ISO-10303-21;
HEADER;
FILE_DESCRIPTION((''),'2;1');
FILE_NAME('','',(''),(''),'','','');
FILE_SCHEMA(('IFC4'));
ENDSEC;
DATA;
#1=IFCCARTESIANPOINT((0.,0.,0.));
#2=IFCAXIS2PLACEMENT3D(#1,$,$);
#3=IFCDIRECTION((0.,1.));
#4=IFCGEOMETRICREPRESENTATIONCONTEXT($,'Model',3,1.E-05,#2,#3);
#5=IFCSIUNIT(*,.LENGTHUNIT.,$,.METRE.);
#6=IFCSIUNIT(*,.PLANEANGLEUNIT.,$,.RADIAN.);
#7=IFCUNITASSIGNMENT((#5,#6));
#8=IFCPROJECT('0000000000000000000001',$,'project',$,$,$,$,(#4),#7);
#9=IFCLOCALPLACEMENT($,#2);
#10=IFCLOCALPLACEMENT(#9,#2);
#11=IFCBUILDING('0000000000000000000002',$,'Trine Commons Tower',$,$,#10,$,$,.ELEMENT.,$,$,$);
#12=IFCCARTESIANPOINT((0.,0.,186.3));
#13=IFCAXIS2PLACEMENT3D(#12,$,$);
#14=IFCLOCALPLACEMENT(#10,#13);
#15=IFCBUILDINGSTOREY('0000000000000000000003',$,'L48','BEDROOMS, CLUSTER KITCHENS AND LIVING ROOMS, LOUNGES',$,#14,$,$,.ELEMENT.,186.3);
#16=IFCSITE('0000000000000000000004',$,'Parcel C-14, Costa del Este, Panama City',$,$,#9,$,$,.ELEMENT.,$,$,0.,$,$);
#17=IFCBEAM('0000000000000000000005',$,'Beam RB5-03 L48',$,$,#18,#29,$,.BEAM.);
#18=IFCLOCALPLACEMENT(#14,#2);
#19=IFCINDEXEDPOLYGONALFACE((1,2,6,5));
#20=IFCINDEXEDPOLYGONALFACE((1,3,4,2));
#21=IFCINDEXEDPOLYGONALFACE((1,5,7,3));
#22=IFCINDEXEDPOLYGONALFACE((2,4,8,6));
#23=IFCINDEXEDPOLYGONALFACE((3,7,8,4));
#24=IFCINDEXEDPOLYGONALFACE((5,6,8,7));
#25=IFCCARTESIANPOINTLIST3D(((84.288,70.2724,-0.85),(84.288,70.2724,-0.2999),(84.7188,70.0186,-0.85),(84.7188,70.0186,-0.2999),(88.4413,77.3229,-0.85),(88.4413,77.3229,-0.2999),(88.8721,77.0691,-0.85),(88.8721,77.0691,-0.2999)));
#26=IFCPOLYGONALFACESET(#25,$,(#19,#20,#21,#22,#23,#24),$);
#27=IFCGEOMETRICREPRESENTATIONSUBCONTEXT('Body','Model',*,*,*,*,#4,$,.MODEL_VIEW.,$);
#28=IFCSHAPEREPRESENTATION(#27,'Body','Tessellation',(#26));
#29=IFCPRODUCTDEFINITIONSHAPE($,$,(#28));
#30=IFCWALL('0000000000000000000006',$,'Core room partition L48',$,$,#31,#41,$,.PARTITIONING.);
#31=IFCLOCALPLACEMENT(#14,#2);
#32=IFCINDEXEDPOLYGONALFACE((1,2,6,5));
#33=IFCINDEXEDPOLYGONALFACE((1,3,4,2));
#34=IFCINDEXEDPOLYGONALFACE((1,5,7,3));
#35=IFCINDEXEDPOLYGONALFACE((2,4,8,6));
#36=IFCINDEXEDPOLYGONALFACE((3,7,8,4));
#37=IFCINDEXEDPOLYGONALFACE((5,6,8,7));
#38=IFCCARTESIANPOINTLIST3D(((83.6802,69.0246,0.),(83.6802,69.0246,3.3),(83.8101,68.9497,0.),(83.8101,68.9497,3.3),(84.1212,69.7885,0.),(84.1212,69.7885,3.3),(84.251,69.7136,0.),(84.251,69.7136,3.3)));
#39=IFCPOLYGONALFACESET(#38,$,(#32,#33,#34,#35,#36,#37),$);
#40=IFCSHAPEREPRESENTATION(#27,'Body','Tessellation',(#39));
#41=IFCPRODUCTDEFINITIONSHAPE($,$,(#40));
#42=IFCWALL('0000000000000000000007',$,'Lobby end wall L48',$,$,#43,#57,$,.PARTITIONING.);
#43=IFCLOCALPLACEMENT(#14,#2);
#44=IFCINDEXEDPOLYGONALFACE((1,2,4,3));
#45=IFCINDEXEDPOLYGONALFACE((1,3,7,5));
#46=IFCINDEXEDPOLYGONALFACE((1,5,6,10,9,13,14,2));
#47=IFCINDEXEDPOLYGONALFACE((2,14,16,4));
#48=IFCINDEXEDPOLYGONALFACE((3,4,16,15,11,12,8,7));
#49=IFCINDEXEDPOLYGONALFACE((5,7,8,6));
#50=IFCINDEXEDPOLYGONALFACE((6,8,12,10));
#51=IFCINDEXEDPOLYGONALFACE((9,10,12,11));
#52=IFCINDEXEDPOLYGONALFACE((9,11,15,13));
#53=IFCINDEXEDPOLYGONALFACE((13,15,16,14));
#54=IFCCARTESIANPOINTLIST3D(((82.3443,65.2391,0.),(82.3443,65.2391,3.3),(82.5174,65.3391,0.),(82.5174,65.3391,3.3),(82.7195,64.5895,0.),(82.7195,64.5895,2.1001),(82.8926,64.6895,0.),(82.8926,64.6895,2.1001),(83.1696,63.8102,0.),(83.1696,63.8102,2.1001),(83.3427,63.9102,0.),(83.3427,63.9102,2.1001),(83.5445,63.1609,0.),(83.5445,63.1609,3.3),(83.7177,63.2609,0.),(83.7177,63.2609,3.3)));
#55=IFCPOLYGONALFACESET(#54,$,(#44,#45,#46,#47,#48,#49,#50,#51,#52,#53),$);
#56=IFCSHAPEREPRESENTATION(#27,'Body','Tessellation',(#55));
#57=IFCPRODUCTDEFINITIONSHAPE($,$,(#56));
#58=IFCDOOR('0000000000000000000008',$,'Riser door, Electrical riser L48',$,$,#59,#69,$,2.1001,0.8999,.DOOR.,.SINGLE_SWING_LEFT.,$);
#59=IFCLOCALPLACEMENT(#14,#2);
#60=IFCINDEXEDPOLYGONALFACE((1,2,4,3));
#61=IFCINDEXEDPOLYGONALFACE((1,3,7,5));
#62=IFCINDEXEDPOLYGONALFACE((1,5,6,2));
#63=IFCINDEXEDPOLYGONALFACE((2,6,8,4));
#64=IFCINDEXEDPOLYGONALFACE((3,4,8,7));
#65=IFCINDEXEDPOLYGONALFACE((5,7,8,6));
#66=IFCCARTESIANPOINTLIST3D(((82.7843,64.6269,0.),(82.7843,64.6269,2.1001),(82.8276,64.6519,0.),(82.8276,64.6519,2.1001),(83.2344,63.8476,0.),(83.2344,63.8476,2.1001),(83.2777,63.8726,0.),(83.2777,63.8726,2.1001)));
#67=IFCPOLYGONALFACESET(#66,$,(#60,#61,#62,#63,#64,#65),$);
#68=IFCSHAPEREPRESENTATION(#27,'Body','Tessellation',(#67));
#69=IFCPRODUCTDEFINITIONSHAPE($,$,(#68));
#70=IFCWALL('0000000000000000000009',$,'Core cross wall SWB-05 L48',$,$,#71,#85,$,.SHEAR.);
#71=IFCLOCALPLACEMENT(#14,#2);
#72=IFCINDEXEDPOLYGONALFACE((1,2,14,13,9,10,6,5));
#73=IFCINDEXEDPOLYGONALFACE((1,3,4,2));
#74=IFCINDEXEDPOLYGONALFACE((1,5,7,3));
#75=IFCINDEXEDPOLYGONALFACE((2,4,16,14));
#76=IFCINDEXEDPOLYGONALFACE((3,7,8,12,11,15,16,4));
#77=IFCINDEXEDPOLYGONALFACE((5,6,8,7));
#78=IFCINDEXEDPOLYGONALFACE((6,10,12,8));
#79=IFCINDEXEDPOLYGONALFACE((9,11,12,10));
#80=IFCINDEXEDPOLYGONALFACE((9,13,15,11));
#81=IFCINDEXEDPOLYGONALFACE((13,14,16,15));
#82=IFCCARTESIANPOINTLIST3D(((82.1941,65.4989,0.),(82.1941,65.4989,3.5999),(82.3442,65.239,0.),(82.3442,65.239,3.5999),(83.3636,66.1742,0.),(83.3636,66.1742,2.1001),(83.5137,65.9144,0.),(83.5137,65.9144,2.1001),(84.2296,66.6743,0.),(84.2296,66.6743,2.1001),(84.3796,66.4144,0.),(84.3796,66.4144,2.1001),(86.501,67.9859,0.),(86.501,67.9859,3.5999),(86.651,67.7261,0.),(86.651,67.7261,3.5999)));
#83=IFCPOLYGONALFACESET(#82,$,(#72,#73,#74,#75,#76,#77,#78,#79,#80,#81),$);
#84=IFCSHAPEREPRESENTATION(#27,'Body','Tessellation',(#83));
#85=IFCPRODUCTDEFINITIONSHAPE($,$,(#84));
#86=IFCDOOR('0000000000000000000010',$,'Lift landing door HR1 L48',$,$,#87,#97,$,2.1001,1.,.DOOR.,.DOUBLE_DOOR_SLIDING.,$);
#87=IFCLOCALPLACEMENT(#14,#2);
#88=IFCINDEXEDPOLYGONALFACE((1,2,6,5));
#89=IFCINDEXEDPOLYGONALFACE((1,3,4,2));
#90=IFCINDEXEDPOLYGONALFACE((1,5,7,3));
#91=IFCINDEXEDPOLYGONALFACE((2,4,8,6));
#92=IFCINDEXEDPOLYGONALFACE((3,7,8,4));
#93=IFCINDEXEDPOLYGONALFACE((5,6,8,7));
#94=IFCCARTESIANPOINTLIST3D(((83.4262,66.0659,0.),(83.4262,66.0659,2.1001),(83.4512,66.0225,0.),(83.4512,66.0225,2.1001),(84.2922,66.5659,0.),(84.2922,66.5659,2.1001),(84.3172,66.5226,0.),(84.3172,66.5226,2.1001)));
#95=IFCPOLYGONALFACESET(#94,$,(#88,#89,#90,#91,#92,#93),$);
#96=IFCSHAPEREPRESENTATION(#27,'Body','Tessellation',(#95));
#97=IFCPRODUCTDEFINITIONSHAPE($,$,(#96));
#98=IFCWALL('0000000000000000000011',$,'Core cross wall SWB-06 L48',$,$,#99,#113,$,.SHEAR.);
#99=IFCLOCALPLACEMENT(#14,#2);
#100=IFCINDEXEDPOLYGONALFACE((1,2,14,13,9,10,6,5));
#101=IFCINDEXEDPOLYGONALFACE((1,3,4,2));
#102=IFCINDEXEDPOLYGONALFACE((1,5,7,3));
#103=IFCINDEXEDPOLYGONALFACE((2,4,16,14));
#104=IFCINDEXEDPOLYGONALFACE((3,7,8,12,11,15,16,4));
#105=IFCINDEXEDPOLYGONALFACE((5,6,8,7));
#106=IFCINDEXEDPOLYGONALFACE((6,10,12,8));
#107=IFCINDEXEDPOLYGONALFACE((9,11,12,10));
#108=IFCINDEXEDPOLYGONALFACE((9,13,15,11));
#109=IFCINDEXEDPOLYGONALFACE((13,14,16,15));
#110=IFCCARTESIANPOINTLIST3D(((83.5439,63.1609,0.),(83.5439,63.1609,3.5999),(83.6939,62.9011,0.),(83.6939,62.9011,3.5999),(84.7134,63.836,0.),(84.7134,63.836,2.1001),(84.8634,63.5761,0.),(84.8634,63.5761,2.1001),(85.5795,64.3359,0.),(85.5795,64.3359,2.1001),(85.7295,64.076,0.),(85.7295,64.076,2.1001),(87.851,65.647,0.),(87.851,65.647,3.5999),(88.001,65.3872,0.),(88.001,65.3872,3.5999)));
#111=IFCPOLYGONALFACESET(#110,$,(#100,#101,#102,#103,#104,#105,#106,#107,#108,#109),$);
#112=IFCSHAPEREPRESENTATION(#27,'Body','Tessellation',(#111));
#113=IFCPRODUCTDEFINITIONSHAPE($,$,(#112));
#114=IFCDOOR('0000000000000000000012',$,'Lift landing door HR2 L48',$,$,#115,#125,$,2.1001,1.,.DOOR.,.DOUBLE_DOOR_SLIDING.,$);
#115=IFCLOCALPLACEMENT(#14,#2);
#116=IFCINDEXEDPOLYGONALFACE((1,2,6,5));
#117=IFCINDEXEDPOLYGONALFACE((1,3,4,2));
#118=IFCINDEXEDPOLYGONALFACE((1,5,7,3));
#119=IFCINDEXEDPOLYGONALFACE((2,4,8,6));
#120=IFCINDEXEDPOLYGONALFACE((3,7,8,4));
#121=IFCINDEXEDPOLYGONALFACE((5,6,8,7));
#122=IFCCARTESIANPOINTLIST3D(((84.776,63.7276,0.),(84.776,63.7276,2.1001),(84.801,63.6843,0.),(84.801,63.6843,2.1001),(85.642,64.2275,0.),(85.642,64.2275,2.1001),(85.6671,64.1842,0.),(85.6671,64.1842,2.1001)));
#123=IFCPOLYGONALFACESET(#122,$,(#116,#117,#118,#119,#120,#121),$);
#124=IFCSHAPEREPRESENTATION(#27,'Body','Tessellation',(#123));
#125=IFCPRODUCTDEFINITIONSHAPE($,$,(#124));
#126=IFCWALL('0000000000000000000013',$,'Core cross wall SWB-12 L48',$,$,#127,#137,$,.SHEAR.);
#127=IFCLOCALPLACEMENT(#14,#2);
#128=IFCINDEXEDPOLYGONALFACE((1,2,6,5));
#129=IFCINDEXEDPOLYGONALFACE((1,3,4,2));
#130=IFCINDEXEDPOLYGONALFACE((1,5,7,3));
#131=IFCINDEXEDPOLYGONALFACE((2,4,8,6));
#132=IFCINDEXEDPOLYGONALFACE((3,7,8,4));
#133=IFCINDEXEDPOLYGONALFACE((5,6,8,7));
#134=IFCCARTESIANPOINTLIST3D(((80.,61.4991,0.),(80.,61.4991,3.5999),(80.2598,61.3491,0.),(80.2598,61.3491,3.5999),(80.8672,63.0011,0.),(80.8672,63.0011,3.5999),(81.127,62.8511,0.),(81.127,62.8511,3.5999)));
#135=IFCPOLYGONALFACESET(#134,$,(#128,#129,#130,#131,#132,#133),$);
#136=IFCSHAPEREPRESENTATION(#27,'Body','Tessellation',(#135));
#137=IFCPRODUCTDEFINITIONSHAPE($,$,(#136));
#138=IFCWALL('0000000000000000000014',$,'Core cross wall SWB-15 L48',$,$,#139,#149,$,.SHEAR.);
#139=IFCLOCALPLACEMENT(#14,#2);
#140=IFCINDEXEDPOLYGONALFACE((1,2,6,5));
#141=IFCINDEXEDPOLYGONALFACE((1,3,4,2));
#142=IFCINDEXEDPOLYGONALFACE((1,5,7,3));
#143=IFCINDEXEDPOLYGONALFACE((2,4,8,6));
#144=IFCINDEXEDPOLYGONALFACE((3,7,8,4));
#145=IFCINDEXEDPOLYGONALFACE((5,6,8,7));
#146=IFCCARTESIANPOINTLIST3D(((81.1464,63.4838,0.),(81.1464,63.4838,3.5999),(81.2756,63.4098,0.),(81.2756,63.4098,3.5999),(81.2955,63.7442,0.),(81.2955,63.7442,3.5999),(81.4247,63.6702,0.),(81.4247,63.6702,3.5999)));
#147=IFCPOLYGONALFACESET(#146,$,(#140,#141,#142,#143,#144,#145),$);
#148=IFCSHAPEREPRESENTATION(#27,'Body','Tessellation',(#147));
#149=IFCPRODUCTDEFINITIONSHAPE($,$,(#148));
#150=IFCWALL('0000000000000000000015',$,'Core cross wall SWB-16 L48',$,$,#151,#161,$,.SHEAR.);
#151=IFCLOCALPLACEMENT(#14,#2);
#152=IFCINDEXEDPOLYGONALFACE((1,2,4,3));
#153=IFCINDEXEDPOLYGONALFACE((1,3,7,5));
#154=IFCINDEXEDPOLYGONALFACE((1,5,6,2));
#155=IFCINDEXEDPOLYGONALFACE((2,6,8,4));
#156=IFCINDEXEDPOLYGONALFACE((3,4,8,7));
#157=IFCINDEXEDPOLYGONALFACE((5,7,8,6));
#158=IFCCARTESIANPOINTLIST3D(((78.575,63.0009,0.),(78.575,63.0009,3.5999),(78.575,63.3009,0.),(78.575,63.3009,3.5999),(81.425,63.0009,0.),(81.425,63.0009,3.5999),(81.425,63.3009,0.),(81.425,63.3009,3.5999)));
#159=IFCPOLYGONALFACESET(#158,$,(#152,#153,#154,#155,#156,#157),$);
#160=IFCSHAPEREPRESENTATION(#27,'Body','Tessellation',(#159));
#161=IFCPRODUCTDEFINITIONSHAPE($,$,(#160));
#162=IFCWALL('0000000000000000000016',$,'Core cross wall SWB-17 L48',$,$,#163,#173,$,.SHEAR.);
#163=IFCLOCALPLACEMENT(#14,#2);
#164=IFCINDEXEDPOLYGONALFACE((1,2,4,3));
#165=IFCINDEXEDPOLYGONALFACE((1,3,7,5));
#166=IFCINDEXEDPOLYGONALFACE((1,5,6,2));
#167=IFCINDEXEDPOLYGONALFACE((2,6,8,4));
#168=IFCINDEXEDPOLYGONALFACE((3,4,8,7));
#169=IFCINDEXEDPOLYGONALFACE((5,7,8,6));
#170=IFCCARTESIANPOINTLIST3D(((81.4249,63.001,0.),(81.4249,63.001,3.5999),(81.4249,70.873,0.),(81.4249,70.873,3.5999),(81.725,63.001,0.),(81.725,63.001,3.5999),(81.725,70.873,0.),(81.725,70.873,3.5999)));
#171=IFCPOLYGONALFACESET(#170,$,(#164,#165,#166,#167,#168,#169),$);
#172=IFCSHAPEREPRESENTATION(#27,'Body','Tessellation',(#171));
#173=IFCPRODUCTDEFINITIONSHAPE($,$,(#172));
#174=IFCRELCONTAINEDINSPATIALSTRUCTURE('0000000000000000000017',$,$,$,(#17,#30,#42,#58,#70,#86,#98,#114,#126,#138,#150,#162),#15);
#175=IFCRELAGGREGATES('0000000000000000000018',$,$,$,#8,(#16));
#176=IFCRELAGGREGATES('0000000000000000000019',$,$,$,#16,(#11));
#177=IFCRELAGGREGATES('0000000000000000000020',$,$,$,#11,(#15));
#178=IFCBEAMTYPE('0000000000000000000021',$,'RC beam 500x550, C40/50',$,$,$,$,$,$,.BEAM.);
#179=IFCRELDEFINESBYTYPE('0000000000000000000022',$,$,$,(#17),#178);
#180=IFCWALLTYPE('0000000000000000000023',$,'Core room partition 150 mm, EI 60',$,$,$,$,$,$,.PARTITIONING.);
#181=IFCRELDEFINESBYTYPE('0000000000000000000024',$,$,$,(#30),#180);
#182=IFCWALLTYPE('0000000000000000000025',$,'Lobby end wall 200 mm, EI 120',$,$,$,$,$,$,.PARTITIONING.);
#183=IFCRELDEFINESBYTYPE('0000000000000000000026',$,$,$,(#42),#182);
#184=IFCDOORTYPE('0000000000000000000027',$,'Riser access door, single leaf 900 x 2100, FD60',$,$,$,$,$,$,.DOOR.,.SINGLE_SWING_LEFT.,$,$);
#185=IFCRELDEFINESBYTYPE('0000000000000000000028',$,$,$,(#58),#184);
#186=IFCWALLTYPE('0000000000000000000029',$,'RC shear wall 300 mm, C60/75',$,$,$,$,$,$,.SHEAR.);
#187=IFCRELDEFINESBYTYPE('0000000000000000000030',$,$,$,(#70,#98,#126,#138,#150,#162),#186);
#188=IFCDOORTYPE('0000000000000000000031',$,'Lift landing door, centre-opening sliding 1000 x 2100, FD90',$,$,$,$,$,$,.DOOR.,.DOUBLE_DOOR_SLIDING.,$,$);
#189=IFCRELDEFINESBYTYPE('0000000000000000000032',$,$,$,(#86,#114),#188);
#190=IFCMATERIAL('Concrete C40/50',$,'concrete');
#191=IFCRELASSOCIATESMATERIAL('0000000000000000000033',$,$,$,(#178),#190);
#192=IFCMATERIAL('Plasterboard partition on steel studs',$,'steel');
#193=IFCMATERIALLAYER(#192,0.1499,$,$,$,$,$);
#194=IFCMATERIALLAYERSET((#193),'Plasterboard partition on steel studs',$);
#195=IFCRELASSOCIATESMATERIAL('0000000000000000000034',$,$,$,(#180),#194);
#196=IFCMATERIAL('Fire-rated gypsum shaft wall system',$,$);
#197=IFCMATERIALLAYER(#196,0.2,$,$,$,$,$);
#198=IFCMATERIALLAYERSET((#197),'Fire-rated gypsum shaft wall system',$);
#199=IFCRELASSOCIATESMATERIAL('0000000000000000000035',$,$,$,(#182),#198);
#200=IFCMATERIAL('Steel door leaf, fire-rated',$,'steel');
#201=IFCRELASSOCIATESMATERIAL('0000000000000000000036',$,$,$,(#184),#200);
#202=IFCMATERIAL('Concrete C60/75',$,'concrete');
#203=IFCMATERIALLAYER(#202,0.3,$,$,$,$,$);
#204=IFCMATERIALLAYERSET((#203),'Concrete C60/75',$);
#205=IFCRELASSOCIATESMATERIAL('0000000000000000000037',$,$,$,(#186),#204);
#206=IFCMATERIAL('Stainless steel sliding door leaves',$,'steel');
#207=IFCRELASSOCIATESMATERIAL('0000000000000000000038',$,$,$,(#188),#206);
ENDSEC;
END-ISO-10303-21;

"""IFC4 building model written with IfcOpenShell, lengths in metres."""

from ifc_helpers import new_model, si_unit, direction, frame, frame_2d, origin, origin_2d, place, context, subcontext, project, spatial, rectangle, extrude, material, layer, layer_set, material_profile, profile_set, type_object, element, fill, save


model = new_model("IFC4")

# Units and contexts
model_context = context("Model", 3, precision=1e-05, world=origin(), true_north=direction((0.0, 1.0)))
body_context = subcontext(model_context, "Body", "Model", "MODEL_VIEW")
ifc_project = project(units=[si_unit("LENGTHUNIT", "METRE"), si_unit("PLANEANGLEUNIT", "RADIAN")], contexts=[model_context])

# Site, building, storey
site_placement = place(None, origin())
site = spatial("IfcSite", under=ifc_project, at=site_placement, Name="Parcel C-14, Costa del Este, Panama City", CompositionType="ELEMENT", RefElevation=0.0)
building_placement = place(site_placement, origin())
building = spatial("IfcBuilding", under=site, at=building_placement, Name="Trine Commons Tower", CompositionType="ELEMENT")
storey_placement = place(building_placement, frame((0.0, 0.0, 186.3)))
storey = spatial("IfcBuildingStorey", under=building, at=storey_placement, Name="L48", Description="BEDROOMS, CLUSTER KITCHENS AND LIVING ROOMS, LOUNGES", CompositionType="ELEMENT", Elevation=186.3)

# Beam
ifc_material_1 = material(Name="Concrete C40/50", Category="concrete")
ifc_material_profile = material_profile(ifc_material_1, rectangle(XDim=0.5, YDim=0.55, at=origin_2d()), Name="RC 500x550")
ifc_profile_set = profile_set([ifc_material_profile], Name="Concrete C40/50")
beam_type = type_object("IfcBeamType", Name="RC beam 500x550, C40/50", PredefinedType="BEAM", material=ifc_profile_set)
beam_placement = place(storey_placement, frame((84.5034, 70.1455, -0.575), z_axis=(0.50756, 0.861617, 0.0), x_axis=(-0.861617, 0.50756, 0.0)))
element("IfcBeam", 1, at=beam_placement, inside=storey, type_object=beam_type, Name="Beam RB5-03 L48", PredefinedType="BEAM", context=body_context, shape_type="SweptSolid", body=[
    extrude(rectangle(XDim=0.5, YDim=0.55, at=origin_2d()), origin(), (0.0, 0.0, 1.0), 8.1829),
])

# Wall
ifc_material_2 = material(Name="Plasterboard partition on steel studs", Category="steel")
ifc_layer_1 = layer(ifc_material_2, 0.1499)
ifc_layer_set_1 = layer_set([ifc_layer_1], Name="Plasterboard partition on steel studs")
wall_type_1 = type_object("IfcWallType", Name="Core room partition 150 mm, EI 60", PredefinedType="PARTITIONING", material=ifc_layer_set_1)
wall_1_placement = place(storey_placement, frame((84.186, 69.751, 0.0), z_axis=(0.0, 0.0, 1.0), x_axis=(-0.49989, -0.866089, 0.0)))
element("IfcWall", 2, at=wall_1_placement, inside=storey, type_object=wall_type_1, Name="Core room partition L48", PredefinedType="PARTITIONING", context=body_context, shape_type="SweptSolid", body=[
    extrude(rectangle(XDim=0.8821, YDim=0.1499, at=frame_2d((0.4409, 0.0))), origin(), (0.0, 0.0, 1.0), 3.3),
])

# Walls, openings, doors
ifc_material_3 = material(Name="Fire-rated gypsum shaft wall system")
ifc_layer_2 = layer(ifc_material_3, 0.2)
ifc_layer_set_2 = layer_set([ifc_layer_2], Name="Fire-rated gypsum shaft wall system")
wall_type_2 = type_object("IfcWallType", Name="Lobby end wall 200 mm, EI 120", PredefinedType="PARTITIONING", material=ifc_layer_set_2)
wall_2_placement = place(storey_placement, frame((83.6311, 63.2109, 0.0), z_axis=(0.0, 0.0, 1.0), x_axis=(-0.500122, 0.865955, 0.0)))
wall_2 = element("IfcWall", 3, at=wall_2_placement, inside=storey, type_object=wall_type_2, Name="Lobby end wall L48", PredefinedType="PARTITIONING", context=body_context, shape_type="SweptSolid", body=[
    extrude(rectangle(XDim=2.3999, YDim=0.2, at=frame_2d((1.2, 0.0))), origin(), (0.0, 0.0, 1.0), 3.3),
])
opening_1_placement = place(wall_2_placement, frame((0.7498, 0.0, 0.0)))
opening_1 = element("IfcOpeningElement", 4, at=opening_1_placement, cuts=wall_2, PredefinedType="OPENING", context=body_context, shape_type="SweptSolid", body=[
    extrude(rectangle(XDim=0.8999, YDim=2.1001, at=frame_2d((0.45, 1.05))), frame((0.0, 0.1099, 0.0), z_axis=(0.0, -1.0, 0.0), x_axis=(1.0, 0.0, 0.0)), (0.0, 0.0, 1.0), 0.22),
])
ifc_material_4 = material(Name="Steel door leaf, fire-rated", Category="steel")
door_type_1 = type_object("IfcDoorType", Name="Riser access door, single leaf 900 x 2100, FD60", OperationType="SINGLE_SWING_LEFT", PredefinedType="DOOR", material=ifc_material_4)
door_1_placement = place(opening_1_placement, frame((0.8999, 0.0, 0.0), z_axis=(0.0, 0.0, 1.0), x_axis=(-1.0, 0.0, 0.0)))
door_1 = element("IfcDoor", 5, at=door_1_placement, inside=storey, type_object=door_type_1, Name="Riser door, Electrical riser L48", OperationType="SINGLE_SWING_LEFT", OverallHeight=2.1001, OverallWidth=0.8999, PredefinedType="DOOR", context=body_context, shape_type="SweptSolid", body=[
    extrude(rectangle(XDim=0.8999, YDim=2.1001, at=frame_2d((0.45, 1.05))), frame((0.0, 0.0249, 0.0), z_axis=(0.0, -1.0, 0.0), x_axis=(1.0, 0.0, 0.0)), (0.0, 0.0, 1.0), 0.05),
])
fill(opening_1, door_1)
ifc_material_5 = material(Name="Concrete C60/75", Category="concrete")
ifc_layer_3 = layer(ifc_material_5, 0.3)
ifc_layer_set_3 = layer_set([ifc_layer_3], Name="Concrete C60/75")
wall_type_3 = type_object("IfcWallType", Name="RC shear wall 300 mm, C60/75", PredefinedType="SHEAR", material=ifc_layer_set_3)
wall_3_placement = place(storey_placement, frame((82.269, 65.3689, 0.0), z_axis=(0.0, 0.0, 1.0), x_axis=(0.865984, 0.500072, 0.0)))
wall_3 = element("IfcWall", 6, at=wall_3_placement, inside=storey, type_object=wall_type_3, Name="Core cross wall SWB-05 L48", PredefinedType="SHEAR", context=body_context, shape_type="SweptSolid", body=[
    extrude(rectangle(XDim=4.9734, YDim=0.3, at=frame_2d((2.4868, 0.0))), origin(), (0.0, 0.0, 1.0), 3.5999),
])
opening_2_placement = place(wall_3_placement, frame((1.3506, 0.0, 0.0)))
opening_2 = element("IfcOpeningElement", 7, at=opening_2_placement, cuts=wall_3, PredefinedType="OPENING", context=body_context, shape_type="SweptSolid", body=[
    extrude(rectangle(XDim=1.0, YDim=2.1001, at=frame_2d((0.5, 1.05))), frame((0.0, 0.1599, 0.0), z_axis=(0.0, -1.0, 0.0), x_axis=(1.0, 0.0, 0.0)), (0.0, 0.0, 1.0), 0.3201),
])
ifc_material_6 = material(Name="Stainless steel sliding door leaves", Category="steel")
door_type_2 = type_object("IfcDoorType", Name="Lift landing door, centre-opening sliding 1000 x 2100, FD90", OperationType="DOUBLE_DOOR_SLIDING", PredefinedType="DOOR", material=ifc_material_6)
door_2_placement = place(opening_2_placement, origin())
door_2 = element("IfcDoor", 8, at=door_2_placement, inside=storey, type_object=door_type_2, Name="Lift landing door HR1 L48", OperationType="DOUBLE_DOOR_SLIDING", OverallHeight=2.1001, OverallWidth=1.0, PredefinedType="DOOR", context=body_context, shape_type="SweptSolid", body=[
    extrude(rectangle(XDim=1.0, YDim=2.1001, at=frame_2d((0.5, 1.05))), frame((0.0, 0.0249, 0.0), z_axis=(0.0, -1.0, 0.0), x_axis=(1.0, 0.0, 0.0)), (0.0, 0.0, 1.0), 0.05),
])
fill(opening_2, door_2)
wall_4_placement = place(storey_placement, frame((83.6189, 63.031, 0.0), z_axis=(0.0, 0.0, 1.0), x_axis=(0.866081, 0.499904, 0.0)))
wall_4 = element("IfcWall", 9, at=wall_4_placement, inside=storey, type_object=wall_type_3, Name="Core cross wall SWB-06 L48", PredefinedType="SHEAR", context=body_context, shape_type="SweptSolid", body=[
    extrude(rectangle(XDim=4.9731, YDim=0.3, at=frame_2d((2.4866, 0.0))), origin(), (0.0, 0.0, 1.0), 3.5999),
])
opening_3_placement = place(wall_4_placement, frame((1.3503, 0.0, 0.0)))
opening_3 = element("IfcOpeningElement", 10, at=opening_3_placement, cuts=wall_4, PredefinedType="OPENING", context=body_context, shape_type="SweptSolid", body=[
    extrude(rectangle(XDim=1.0, YDim=2.1001, at=frame_2d((0.5, 1.05))), frame((0.0, 0.1599, 0.0), z_axis=(0.0, -1.0, 0.0), x_axis=(1.0, 0.0, 0.0)), (0.0, 0.0, 1.0), 0.3201),
])
door_3_placement = place(opening_3_placement, origin())
door_3 = element("IfcDoor", 11, at=door_3_placement, inside=storey, type_object=door_type_2, Name="Lift landing door HR2 L48", OperationType="DOUBLE_DOOR_SLIDING", OverallHeight=2.1001, OverallWidth=1.0, PredefinedType="DOOR", context=body_context, shape_type="SweptSolid", body=[
    extrude(rectangle(XDim=1.0, YDim=2.1001, at=frame_2d((0.5, 1.05))), frame((0.0, 0.0249, 0.0), z_axis=(0.0, -1.0, 0.0), x_axis=(1.0, 0.0, 0.0)), (0.0, 0.0, 1.0), 0.05),
])
fill(opening_3, door_3)

# Walls
wall_5_placement = place(storey_placement, frame((80.1299, 61.4241, 0.0), z_axis=(0.0, 0.0, 1.0), x_axis=(0.500015, 0.866017, 0.0)))
element("IfcWall", 12, at=wall_5_placement, inside=storey, type_object=wall_type_3, Name="Core cross wall SWB-12 L48", PredefinedType="SHEAR", context=body_context, shape_type="SweptSolid", body=[
    extrude(rectangle(XDim=1.7344, YDim=0.3, at=frame_2d((0.8672, 0.0))), origin(), (0.0, 0.0, 1.0), 3.5999),
])
wall_6_placement = place(storey_placement, frame((81.2209, 63.614, 0.0), z_axis=(0.0, 0.0, 1.0), x_axis=(0.867738, -0.497022, 0.0)))
element("IfcWall", 13, at=wall_6_placement, inside=storey, type_object=wall_type_3, Name="Core cross wall SWB-15 L48", PredefinedType="SHEAR", context=body_context, shape_type="SweptSolid", body=[
    extrude(rectangle(XDim=0.1489, YDim=0.3, at=frame_2d((0.0745, 0.0))), origin(), (0.0, 0.0, 1.0), 3.5999),
])
wall_7_placement = place(storey_placement, frame((81.425, 63.1509, 0.0), z_axis=(0.0, 0.0, 1.0), x_axis=(-1.0, 0.0, 0.0)))
element("IfcWall", 14, at=wall_7_placement, inside=storey, type_object=wall_type_3, Name="Core cross wall SWB-16 L48", PredefinedType="SHEAR", context=body_context, shape_type="SweptSolid", body=[
    extrude(rectangle(XDim=2.8501, YDim=0.3, at=frame_2d((1.425, 0.0))), origin(), (0.0, 0.0, 1.0), 3.5999),
])
wall_8_placement = place(storey_placement, frame((81.575, 63.001, 0.0), z_axis=(0.0, 0.0, 1.0), x_axis=(0.0, 1.0, 0.0)))
element("IfcWall", 15, at=wall_8_placement, inside=storey, type_object=wall_type_3, Name="Core cross wall SWB-17 L48", PredefinedType="SHEAR", context=body_context, shape_type="SweptSolid", body=[
    extrude(rectangle(XDim=7.8721, YDim=0.3, at=frame_2d((3.936, 0.0))), origin(), (0.0, 0.0, 1.0), 3.5999),
])

save(model, "model.ifc")
